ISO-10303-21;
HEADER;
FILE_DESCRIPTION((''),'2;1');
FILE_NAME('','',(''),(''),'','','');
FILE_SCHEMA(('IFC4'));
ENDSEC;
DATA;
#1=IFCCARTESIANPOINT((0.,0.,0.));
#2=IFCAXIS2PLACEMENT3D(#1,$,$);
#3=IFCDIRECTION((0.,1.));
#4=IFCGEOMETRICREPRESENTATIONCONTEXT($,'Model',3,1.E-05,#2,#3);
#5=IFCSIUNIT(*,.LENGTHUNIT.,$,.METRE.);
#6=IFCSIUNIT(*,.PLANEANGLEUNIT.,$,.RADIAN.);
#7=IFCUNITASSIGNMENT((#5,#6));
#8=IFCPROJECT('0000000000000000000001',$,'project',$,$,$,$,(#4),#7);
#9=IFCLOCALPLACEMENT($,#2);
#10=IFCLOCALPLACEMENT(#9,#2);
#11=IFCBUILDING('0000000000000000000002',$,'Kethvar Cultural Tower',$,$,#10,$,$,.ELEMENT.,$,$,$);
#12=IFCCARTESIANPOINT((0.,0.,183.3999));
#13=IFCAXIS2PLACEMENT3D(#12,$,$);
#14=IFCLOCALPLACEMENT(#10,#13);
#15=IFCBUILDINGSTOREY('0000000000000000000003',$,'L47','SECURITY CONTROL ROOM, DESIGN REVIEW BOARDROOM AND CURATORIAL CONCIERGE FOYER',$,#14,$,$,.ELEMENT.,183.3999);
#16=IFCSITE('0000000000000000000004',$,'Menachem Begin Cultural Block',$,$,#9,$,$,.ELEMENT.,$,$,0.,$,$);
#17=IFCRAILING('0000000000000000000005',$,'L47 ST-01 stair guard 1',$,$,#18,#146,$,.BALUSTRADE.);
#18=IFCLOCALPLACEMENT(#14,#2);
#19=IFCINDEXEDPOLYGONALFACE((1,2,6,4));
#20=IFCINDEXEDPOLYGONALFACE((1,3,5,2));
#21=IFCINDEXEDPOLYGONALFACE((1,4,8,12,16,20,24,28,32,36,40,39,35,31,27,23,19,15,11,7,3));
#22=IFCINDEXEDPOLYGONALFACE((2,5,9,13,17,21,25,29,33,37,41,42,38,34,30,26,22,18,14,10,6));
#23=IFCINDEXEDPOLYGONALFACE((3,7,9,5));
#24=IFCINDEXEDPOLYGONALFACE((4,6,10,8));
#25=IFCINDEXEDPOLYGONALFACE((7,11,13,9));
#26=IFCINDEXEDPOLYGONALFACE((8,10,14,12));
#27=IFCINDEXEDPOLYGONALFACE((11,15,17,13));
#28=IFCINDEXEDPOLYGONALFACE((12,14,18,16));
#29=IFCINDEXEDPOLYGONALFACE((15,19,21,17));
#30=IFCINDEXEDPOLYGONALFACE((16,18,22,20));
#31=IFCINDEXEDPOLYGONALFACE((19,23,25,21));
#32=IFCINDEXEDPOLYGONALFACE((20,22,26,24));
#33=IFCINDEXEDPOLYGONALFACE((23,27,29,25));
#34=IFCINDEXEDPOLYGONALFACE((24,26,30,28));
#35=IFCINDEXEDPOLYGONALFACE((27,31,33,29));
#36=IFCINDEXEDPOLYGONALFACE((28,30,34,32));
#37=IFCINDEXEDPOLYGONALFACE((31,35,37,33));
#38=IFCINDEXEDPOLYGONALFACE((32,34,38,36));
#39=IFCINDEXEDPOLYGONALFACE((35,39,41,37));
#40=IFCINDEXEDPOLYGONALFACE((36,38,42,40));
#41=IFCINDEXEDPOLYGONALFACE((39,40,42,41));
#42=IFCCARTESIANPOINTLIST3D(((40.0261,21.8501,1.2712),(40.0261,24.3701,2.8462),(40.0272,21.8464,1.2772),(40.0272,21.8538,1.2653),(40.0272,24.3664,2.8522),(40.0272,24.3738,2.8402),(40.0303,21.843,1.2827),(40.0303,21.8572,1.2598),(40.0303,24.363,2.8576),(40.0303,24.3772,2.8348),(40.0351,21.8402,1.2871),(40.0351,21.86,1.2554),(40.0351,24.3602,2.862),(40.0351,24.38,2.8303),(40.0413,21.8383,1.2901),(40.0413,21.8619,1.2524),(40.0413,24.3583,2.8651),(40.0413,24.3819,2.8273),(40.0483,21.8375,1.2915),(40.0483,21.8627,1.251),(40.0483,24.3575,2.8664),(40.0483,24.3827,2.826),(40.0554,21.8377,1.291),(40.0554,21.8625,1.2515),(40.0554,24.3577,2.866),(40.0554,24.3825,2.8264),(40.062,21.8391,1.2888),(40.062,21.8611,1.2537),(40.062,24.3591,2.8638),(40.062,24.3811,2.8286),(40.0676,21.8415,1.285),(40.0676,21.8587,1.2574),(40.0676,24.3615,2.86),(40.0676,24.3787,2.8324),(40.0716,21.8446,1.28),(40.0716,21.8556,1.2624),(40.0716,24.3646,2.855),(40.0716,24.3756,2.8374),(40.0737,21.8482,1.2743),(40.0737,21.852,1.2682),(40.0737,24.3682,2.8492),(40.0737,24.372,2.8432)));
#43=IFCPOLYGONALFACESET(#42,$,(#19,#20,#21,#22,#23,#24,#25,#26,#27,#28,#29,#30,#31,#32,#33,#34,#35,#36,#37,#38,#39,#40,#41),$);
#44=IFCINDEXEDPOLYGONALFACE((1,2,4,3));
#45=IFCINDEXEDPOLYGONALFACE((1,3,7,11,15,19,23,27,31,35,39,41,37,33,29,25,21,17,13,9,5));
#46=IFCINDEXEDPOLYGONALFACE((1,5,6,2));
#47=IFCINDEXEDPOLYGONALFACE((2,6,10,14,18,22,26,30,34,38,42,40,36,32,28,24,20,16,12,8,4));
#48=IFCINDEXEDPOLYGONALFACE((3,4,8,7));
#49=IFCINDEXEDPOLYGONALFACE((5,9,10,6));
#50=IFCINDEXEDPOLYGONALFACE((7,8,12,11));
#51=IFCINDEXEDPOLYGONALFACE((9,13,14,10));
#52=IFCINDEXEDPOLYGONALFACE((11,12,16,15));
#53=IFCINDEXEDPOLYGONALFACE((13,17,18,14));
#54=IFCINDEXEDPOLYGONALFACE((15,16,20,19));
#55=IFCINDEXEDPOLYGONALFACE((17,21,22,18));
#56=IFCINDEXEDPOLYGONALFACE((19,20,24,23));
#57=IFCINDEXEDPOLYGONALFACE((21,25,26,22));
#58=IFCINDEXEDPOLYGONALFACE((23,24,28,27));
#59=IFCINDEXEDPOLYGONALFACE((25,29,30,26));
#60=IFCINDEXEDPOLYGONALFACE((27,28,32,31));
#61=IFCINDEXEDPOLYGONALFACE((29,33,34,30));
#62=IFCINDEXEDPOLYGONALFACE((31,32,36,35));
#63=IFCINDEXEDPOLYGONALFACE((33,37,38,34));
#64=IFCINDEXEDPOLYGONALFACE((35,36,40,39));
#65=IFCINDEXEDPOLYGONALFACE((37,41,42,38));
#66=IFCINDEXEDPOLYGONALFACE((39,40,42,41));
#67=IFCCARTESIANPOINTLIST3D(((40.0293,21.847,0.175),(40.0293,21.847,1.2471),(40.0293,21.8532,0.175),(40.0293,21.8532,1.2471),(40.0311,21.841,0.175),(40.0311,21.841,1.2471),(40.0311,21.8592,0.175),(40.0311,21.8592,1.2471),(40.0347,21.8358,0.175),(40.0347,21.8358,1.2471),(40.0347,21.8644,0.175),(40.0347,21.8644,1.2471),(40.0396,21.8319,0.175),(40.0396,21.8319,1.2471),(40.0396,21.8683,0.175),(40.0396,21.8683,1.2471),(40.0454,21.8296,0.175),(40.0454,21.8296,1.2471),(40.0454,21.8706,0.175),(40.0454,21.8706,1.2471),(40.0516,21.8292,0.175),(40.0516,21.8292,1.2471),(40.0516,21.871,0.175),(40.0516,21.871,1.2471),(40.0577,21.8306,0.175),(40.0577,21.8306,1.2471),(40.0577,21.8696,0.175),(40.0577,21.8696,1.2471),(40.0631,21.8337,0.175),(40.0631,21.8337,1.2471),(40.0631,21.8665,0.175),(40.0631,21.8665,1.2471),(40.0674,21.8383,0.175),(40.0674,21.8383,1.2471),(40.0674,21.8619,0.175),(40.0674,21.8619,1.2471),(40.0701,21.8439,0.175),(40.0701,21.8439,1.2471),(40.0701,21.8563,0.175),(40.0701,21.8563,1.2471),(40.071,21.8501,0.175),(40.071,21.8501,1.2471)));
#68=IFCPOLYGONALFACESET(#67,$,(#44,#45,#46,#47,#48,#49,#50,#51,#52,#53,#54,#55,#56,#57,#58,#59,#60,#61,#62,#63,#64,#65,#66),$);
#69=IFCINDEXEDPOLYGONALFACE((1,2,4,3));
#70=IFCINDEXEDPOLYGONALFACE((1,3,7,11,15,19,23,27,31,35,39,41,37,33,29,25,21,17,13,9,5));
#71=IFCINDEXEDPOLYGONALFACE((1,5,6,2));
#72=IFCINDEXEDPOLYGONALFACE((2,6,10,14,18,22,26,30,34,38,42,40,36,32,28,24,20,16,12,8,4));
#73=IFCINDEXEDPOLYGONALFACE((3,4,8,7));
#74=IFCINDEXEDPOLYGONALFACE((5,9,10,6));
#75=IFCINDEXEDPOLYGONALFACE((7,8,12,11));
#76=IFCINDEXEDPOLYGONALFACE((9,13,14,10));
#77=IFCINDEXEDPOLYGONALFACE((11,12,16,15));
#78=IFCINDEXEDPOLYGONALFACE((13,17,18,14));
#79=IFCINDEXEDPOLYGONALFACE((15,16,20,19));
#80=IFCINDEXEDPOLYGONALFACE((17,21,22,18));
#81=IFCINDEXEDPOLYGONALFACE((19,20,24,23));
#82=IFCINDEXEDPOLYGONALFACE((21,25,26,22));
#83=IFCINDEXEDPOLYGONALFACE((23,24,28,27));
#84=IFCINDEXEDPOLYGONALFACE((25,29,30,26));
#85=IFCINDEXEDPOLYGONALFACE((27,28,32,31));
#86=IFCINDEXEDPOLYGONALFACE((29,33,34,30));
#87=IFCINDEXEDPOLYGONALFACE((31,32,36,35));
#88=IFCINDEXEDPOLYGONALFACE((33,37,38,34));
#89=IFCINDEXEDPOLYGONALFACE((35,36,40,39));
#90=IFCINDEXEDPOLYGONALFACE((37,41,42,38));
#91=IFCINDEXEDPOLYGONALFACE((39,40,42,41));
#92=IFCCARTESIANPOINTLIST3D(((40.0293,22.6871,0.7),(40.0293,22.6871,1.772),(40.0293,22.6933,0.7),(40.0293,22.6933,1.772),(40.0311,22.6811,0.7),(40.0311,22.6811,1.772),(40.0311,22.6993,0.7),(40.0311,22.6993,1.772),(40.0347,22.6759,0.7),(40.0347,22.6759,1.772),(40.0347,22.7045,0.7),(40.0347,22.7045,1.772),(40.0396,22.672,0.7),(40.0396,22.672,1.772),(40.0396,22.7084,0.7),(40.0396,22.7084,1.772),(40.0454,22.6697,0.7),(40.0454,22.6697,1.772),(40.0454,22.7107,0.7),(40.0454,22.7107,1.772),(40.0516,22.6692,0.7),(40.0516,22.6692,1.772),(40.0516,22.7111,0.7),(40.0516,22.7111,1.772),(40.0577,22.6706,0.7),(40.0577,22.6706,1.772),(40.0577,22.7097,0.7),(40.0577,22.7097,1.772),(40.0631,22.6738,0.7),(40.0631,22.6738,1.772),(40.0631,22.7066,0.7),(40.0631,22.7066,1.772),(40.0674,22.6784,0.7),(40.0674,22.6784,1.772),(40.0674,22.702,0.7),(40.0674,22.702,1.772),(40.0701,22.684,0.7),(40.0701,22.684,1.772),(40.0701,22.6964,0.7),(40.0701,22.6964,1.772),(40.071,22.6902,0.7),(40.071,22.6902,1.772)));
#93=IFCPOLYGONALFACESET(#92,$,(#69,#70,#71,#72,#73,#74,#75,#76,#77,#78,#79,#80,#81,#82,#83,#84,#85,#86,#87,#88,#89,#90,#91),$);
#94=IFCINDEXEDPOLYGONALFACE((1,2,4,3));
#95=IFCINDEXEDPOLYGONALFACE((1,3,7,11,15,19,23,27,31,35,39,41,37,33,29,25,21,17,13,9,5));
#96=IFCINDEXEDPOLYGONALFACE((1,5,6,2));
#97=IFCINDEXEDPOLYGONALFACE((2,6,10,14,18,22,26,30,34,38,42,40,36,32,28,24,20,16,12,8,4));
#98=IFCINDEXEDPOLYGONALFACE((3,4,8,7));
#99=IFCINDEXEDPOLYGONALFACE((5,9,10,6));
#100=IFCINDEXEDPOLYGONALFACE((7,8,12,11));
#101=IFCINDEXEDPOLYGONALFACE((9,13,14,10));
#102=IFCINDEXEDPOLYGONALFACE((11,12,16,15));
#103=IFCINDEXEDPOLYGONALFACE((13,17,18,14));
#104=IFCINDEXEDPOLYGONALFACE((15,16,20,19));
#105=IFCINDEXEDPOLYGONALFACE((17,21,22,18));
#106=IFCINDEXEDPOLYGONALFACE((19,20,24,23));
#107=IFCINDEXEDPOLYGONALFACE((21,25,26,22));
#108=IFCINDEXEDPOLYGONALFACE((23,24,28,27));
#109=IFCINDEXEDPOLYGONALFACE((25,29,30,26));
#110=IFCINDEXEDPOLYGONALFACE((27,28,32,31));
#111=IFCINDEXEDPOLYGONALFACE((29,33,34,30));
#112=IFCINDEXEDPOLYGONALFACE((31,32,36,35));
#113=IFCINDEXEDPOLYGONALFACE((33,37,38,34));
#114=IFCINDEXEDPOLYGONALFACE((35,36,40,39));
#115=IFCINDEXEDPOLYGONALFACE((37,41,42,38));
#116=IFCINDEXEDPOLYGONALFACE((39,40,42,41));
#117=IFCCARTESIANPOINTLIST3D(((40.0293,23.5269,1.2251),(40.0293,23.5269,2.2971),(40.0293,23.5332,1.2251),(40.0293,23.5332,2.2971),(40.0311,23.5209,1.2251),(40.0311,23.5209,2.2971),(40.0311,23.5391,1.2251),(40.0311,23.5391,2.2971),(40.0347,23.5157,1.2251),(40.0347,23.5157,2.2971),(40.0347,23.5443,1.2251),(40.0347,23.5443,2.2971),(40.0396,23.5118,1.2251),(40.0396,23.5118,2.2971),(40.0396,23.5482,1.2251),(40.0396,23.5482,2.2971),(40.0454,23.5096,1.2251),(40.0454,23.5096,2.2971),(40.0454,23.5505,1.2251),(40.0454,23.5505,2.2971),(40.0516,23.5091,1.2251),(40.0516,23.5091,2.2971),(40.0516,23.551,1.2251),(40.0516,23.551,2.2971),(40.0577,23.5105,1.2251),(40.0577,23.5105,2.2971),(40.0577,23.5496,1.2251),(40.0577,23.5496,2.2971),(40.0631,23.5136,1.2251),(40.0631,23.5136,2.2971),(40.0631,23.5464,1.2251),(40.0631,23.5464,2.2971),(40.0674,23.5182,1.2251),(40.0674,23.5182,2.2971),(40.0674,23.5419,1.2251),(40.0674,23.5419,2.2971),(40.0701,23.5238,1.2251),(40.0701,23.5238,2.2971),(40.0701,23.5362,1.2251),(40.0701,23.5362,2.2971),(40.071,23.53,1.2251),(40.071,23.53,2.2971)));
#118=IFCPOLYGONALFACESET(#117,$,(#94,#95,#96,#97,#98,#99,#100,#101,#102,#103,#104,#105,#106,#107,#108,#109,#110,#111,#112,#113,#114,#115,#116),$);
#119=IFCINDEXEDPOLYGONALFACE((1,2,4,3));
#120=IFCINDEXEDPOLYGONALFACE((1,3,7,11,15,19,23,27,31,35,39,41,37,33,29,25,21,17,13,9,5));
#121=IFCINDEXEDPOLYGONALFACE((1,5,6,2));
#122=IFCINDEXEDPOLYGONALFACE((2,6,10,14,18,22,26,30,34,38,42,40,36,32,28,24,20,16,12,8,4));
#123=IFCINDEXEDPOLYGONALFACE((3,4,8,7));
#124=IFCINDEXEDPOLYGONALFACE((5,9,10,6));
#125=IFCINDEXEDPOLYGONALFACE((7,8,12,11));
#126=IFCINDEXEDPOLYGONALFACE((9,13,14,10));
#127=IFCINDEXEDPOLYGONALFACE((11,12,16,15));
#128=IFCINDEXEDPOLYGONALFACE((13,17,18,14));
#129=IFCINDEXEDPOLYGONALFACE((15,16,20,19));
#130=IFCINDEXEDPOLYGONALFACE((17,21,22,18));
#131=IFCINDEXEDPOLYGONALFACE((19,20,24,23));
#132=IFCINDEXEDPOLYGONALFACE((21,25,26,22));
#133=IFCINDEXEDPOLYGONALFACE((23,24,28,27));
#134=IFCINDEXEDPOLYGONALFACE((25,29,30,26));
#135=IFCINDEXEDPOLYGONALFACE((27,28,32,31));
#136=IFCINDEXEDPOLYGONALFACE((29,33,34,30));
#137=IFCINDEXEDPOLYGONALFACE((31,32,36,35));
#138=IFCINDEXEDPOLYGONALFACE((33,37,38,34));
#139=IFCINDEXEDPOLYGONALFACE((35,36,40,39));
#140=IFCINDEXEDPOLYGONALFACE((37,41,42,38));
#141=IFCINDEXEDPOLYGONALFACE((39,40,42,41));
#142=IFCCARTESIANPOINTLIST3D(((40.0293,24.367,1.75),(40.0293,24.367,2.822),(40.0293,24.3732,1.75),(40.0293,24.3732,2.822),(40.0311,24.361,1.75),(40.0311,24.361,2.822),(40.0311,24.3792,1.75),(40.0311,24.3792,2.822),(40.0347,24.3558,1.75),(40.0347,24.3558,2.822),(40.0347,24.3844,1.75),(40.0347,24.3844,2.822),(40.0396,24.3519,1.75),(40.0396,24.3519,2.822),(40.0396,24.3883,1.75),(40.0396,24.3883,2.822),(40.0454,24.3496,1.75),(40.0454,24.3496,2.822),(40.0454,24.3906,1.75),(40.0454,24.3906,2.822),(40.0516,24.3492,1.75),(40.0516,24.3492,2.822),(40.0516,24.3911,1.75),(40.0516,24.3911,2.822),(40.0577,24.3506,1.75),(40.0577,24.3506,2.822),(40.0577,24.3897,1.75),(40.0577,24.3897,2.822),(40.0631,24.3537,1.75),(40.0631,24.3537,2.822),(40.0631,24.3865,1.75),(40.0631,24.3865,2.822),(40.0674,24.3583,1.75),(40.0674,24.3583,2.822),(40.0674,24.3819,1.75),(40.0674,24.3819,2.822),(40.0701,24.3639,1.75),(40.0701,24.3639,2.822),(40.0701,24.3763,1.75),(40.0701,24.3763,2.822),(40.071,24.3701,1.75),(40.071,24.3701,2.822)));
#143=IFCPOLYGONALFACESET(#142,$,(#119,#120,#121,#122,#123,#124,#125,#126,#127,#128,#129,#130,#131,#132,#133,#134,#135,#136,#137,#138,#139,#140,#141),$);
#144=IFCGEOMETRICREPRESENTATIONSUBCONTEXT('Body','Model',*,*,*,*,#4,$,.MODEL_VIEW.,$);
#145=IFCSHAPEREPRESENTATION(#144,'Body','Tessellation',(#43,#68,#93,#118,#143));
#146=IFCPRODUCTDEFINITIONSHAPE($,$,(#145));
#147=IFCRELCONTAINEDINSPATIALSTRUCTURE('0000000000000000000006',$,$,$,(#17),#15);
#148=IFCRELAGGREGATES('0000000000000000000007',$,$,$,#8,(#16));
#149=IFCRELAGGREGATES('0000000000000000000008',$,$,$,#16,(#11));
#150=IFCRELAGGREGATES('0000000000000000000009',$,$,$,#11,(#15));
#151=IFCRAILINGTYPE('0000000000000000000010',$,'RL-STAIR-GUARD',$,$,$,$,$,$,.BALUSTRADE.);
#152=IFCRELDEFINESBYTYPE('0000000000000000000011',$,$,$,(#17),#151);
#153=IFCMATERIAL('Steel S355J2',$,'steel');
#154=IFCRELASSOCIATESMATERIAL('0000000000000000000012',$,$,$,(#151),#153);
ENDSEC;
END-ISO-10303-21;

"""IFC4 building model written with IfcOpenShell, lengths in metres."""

from ifc_helpers import new_model, si_unit, direction, frame, origin, origin_2d, place, context, subcontext, project, spatial, circle, extrude, material, type_object, element, save


model = new_model("IFC4")

# Units and contexts
model_context = context("Model", 3, precision=1e-05, world=origin(), true_north=direction((0.0, 1.0)))
body_context = subcontext(model_context, "Body", "Model", "MODEL_VIEW")
ifc_project = project(units=[si_unit("LENGTHUNIT", "METRE"), si_unit("PLANEANGLEUNIT", "RADIAN")], contexts=[model_context])

# Site, building, storey
site_placement = place(None, origin())
site = spatial("IfcSite", under=ifc_project, at=site_placement, Name="Menachem Begin Cultural Block", CompositionType="ELEMENT", RefElevation=0.0)
building_placement = place(site_placement, origin())
building = spatial("IfcBuilding", under=site, at=building_placement, Name="Kethvar Cultural Tower", CompositionType="ELEMENT")
storey_placement = place(building_placement, frame((0.0, 0.0, 183.3999)))
storey = spatial("IfcBuildingStorey", under=building, at=storey_placement, Name="L47", Description="SECURITY CONTROL ROOM, DESIGN REVIEW BOARDROOM AND CURATORIAL CONCIERGE FOYER", CompositionType="ELEMENT", Elevation=183.3999)

# Shared definitions
ifc_material_1 = material(Name="Steel S355J2", Category="steel")

# Railing
railing_type_1 = type_object("IfcRailingType", Name="RL-STAIR-GUARD", PredefinedType="BALUSTRADE", material=ifc_material_1)
railing_1_placement = place(storey_placement, frame((40.05, 21.8501, 0.175)))
element("IfcRailing", 1, at=railing_1_placement, inside=storey, type_object=railing_type_1, Name="L47 ST-01 stair guard 1", PredefinedType="BALUSTRADE", context=body_context, shape_type="SweptSolid", body=[
    extrude(circle(Radius=0.0239, at=origin_2d()), frame((0.0, 0.0, 1.0962), z_axis=(0.0, 0.848008, 0.529984), x_axis=(-1.0, 0.0, 0.0)), (0.0, 0.0, 1.0), 2.9717),
    extrude(circle(Radius=0.021, at=origin_2d()), origin(), (0.0, 0.0, 1.0), 1.072),
    extrude(circle(Radius=0.021, at=origin_2d()), frame((0.0, 0.8401, 0.5249)), (0.0, 0.0, 1.0), 1.072),
    extrude(circle(Radius=0.021, at=origin_2d()), frame((0.0, 1.6799, 1.05)), (0.0, 0.0, 1.0), 1.072),
    extrude(circle(Radius=0.021, at=origin_2d()), frame((0.0, 2.52, 1.575)), (0.0, 0.0, 1.0), 1.072),
])

save(model, "model.ifc")
